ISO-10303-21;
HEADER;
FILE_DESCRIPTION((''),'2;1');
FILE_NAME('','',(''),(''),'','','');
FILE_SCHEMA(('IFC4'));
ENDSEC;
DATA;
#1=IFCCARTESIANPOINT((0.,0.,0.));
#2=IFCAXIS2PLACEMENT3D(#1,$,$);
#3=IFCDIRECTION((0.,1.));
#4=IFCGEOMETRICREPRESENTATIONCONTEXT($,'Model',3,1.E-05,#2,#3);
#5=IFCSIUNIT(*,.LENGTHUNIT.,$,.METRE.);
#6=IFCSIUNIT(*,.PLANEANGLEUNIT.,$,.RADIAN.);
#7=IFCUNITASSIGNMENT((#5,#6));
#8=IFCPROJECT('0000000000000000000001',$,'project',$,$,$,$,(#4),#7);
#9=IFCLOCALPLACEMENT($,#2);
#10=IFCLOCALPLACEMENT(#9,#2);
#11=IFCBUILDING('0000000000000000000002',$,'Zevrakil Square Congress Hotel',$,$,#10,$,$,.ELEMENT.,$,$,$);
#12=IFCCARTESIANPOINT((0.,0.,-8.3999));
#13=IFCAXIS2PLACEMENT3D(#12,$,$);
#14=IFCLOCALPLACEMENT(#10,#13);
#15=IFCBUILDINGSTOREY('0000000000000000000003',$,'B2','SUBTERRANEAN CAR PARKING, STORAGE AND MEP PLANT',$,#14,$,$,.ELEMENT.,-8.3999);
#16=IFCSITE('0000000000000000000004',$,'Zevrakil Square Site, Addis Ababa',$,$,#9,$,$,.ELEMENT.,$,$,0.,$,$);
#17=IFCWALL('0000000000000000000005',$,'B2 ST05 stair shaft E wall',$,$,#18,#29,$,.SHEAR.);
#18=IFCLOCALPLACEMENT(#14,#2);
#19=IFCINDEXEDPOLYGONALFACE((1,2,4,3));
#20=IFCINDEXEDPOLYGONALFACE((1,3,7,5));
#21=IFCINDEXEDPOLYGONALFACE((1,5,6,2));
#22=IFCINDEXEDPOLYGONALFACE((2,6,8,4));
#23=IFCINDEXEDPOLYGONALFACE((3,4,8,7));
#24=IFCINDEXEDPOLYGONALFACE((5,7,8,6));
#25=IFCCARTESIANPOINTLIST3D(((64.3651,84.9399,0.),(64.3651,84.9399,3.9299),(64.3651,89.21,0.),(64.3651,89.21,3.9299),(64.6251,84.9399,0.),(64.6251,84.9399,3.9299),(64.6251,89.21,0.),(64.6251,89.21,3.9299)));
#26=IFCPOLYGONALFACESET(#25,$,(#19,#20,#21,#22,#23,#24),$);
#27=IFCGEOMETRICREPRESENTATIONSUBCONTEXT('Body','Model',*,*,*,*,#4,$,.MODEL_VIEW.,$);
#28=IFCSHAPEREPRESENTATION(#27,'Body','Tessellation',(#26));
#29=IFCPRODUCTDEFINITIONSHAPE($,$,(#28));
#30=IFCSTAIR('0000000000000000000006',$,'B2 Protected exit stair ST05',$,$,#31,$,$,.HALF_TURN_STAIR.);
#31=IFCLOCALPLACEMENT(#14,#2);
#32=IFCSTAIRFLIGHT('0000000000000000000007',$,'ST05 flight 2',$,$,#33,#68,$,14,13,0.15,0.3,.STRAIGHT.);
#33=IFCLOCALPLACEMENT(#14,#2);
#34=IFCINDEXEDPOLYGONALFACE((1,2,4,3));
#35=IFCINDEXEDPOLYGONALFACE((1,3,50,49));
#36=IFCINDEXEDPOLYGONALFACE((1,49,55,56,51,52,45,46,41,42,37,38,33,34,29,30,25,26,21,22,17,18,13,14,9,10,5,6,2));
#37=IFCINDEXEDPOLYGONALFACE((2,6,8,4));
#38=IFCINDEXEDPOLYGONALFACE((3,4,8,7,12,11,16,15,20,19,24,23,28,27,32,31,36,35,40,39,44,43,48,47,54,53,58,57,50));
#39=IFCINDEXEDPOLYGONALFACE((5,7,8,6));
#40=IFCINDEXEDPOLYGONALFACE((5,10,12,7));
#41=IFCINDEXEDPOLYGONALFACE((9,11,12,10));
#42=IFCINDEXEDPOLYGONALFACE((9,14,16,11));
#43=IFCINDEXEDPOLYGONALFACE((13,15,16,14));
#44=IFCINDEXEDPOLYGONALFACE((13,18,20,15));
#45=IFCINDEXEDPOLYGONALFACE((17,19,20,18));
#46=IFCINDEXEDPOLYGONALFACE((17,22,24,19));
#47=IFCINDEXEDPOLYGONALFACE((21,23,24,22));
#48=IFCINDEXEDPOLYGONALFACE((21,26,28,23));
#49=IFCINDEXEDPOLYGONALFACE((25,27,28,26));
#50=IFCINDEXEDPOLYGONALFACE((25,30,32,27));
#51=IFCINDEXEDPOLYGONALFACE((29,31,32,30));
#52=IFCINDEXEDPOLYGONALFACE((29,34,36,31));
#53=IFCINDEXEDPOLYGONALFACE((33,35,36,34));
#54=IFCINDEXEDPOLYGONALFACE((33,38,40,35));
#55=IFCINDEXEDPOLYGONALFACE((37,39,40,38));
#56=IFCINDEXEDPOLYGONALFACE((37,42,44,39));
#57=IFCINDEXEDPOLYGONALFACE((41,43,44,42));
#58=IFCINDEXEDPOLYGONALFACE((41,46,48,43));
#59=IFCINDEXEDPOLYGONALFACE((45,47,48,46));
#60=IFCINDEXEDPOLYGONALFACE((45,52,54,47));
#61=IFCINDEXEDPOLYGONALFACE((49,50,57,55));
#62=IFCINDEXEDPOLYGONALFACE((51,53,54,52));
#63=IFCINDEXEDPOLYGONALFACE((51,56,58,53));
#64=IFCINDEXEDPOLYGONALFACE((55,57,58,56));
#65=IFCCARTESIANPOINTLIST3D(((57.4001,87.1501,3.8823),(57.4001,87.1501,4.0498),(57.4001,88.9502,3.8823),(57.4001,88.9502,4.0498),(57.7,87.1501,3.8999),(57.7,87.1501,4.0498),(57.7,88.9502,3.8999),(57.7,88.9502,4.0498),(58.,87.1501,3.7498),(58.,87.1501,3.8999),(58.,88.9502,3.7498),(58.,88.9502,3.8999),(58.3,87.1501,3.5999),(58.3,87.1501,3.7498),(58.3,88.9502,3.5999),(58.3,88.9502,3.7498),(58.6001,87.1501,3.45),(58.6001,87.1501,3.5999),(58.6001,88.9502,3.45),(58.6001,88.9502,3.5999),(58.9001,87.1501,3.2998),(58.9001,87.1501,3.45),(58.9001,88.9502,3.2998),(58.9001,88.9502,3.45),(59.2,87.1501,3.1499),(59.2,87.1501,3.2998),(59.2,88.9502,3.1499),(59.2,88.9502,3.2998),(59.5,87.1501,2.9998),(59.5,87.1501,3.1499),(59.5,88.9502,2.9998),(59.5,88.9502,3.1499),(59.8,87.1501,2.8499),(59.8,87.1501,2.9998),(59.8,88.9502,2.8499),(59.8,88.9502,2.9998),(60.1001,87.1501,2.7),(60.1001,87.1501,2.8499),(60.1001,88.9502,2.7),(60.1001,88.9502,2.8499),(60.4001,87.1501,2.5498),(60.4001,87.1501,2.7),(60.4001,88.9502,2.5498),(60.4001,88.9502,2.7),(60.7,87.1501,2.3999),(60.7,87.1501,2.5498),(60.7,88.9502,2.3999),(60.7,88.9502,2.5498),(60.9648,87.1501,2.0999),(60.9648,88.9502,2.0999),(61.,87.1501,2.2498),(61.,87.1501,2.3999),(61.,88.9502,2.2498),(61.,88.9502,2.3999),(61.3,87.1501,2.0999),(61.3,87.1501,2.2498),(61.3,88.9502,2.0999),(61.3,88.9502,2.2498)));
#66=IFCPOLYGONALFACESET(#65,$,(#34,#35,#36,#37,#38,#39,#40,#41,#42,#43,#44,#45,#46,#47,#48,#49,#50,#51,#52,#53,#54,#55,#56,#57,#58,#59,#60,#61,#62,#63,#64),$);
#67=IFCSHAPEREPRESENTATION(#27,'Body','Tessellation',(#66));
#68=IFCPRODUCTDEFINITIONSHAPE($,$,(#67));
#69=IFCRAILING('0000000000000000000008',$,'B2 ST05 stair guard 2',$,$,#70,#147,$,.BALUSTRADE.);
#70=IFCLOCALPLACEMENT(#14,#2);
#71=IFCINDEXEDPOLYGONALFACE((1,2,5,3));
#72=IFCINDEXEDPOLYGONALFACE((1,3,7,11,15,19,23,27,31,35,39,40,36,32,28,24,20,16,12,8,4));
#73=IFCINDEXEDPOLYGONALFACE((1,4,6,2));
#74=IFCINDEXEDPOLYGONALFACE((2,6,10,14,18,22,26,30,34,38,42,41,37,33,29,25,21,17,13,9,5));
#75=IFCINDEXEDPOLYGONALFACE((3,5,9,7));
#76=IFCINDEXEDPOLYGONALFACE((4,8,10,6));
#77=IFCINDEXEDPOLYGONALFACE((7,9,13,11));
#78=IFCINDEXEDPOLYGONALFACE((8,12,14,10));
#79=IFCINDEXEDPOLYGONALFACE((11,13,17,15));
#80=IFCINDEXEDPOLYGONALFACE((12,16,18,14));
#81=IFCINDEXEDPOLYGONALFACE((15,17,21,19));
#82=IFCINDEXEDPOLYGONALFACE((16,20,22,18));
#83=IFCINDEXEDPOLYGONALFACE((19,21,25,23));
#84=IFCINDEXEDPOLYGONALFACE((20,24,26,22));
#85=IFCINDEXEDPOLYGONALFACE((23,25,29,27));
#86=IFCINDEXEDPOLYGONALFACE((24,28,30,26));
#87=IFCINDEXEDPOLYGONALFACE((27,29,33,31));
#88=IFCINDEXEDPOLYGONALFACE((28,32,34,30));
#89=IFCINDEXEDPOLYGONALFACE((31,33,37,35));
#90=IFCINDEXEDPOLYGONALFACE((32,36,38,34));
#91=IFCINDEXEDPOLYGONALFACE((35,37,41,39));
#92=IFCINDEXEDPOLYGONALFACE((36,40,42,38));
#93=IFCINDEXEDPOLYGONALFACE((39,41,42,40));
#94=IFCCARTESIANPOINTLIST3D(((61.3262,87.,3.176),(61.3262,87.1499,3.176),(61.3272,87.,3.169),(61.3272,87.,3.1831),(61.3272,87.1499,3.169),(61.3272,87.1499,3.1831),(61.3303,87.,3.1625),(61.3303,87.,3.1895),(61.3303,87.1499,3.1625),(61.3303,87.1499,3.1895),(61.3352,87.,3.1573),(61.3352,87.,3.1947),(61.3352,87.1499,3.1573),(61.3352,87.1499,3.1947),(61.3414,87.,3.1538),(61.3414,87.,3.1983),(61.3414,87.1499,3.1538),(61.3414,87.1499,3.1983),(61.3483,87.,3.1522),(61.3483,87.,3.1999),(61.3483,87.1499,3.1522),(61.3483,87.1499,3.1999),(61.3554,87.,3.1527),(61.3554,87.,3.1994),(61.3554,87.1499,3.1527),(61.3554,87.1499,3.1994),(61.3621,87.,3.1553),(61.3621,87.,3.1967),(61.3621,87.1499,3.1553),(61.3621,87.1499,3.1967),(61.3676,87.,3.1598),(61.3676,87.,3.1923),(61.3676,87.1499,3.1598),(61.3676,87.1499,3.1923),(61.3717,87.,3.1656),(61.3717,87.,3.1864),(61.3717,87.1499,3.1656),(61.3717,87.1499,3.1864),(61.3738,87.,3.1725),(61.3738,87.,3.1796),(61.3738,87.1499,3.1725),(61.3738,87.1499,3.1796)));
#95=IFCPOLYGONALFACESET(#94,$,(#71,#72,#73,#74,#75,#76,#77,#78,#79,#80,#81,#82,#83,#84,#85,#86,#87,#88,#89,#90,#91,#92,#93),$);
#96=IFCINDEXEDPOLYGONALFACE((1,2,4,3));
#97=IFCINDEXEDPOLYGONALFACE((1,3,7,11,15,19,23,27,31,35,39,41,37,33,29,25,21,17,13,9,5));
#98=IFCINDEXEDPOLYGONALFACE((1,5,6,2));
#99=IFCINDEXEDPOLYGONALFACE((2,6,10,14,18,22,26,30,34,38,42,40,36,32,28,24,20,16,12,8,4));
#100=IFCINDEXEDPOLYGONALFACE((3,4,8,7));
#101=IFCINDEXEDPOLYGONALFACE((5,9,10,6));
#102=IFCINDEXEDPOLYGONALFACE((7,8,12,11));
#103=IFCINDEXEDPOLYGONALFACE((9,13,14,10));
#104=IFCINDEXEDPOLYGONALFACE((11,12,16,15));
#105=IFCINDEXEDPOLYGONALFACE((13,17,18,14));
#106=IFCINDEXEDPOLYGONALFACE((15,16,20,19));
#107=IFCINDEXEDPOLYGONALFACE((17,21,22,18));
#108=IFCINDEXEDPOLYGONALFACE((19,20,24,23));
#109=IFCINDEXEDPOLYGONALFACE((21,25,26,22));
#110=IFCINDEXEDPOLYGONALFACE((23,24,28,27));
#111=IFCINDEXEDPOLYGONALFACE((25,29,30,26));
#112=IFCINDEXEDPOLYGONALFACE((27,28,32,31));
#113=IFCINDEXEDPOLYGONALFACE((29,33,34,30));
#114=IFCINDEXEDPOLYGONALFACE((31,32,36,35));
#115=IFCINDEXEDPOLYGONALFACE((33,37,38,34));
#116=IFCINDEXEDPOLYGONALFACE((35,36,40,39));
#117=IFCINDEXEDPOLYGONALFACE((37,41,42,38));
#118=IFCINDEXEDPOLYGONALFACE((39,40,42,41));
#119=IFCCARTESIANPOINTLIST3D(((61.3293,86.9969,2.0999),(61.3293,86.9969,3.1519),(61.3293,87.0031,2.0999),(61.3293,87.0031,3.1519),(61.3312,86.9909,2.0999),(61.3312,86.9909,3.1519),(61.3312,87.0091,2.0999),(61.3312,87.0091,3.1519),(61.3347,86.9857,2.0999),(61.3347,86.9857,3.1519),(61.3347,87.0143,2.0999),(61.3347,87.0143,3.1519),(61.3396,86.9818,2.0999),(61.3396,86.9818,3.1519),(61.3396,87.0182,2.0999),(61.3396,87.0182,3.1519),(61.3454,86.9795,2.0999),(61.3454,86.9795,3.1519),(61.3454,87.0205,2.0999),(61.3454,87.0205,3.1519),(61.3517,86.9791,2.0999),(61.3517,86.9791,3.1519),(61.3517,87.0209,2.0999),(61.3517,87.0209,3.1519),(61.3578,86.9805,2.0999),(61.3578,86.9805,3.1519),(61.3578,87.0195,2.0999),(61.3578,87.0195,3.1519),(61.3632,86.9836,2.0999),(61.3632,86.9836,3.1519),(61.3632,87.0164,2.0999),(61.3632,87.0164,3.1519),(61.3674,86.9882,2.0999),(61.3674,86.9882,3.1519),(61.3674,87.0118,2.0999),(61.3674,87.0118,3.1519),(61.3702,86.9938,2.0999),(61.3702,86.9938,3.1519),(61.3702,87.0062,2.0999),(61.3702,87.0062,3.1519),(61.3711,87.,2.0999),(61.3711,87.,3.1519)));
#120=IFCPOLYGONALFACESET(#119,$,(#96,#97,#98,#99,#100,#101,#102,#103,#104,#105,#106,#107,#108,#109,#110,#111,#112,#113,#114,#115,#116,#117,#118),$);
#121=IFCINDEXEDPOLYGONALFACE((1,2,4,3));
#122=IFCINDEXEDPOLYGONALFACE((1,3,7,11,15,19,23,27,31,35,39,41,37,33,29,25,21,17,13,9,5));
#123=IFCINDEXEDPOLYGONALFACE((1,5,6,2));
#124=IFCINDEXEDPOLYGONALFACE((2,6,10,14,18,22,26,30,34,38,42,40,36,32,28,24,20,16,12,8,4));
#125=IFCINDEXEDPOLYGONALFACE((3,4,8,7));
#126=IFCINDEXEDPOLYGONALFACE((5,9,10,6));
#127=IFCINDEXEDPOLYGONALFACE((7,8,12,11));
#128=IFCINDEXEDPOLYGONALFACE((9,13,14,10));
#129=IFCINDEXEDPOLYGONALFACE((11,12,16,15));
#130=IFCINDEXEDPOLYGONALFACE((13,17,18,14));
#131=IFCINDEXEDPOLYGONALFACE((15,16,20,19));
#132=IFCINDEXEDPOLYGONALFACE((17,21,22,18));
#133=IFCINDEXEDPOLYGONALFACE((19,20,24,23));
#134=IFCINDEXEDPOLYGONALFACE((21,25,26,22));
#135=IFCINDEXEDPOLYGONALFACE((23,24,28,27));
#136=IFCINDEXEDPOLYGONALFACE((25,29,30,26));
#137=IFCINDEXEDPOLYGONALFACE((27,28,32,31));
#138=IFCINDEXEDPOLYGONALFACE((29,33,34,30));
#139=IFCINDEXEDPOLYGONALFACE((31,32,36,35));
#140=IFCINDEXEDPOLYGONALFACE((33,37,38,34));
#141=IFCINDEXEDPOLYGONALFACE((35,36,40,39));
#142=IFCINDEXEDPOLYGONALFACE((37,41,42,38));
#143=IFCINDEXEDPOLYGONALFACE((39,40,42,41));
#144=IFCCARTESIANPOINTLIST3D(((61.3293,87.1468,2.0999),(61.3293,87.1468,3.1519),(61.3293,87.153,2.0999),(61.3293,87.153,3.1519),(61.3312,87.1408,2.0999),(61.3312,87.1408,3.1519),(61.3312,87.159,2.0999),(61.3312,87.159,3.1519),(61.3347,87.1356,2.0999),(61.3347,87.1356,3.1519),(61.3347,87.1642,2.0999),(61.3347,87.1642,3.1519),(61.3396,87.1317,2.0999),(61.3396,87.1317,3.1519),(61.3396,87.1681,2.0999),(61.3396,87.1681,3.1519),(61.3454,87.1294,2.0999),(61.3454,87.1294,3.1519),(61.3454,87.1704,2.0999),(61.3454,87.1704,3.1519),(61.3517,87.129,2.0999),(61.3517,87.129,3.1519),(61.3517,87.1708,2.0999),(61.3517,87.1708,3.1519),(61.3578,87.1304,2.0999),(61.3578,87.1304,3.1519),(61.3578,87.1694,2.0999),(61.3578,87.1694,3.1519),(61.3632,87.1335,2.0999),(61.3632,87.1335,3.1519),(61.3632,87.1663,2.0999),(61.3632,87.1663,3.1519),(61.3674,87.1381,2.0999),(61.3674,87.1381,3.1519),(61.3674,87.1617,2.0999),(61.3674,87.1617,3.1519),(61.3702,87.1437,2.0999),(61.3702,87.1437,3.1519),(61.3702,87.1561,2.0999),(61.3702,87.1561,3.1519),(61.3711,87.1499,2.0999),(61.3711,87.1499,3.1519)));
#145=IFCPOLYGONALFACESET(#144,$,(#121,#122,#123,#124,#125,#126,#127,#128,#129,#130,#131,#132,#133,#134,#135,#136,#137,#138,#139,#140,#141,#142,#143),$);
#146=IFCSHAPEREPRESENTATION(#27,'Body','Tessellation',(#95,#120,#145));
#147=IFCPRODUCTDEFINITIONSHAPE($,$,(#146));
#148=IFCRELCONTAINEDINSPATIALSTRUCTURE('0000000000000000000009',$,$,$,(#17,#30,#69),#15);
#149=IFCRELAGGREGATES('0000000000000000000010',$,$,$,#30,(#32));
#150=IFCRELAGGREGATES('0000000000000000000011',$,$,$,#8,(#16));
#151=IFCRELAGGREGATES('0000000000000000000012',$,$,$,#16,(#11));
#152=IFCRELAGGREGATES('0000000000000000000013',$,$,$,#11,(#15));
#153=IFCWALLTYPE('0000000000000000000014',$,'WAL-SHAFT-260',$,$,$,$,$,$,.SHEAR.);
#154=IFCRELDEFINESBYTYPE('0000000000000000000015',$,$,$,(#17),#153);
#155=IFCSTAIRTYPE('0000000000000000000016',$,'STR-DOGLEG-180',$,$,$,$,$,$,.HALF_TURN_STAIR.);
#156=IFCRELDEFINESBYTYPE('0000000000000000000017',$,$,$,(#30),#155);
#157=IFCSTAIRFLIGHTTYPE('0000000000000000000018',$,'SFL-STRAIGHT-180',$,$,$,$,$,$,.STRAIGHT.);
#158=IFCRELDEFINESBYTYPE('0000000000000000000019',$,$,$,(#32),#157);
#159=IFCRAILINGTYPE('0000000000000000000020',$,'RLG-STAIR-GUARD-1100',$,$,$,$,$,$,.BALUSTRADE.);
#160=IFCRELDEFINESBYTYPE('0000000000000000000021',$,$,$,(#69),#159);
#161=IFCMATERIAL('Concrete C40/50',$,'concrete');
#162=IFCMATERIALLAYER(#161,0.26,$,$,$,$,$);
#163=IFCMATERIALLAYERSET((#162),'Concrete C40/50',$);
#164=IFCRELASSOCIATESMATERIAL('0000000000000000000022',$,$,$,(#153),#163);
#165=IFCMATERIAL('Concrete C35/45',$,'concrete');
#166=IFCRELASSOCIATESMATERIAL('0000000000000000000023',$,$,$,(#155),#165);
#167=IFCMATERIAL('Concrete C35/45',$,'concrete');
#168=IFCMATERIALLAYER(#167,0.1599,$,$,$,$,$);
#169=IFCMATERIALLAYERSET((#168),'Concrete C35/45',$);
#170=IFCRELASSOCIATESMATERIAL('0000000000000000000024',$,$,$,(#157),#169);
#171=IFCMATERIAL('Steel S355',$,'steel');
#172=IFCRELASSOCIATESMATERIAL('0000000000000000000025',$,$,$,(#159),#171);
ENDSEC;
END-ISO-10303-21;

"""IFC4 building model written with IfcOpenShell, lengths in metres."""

from ifc_helpers import new_model, si_unit, direction, frame, frame_2d, origin, origin_2d, place, context, subcontext, project, spatial, polyline, rectangle, circle, outline, extrude, material, layer, layer_set, type_object, element, aggregate, save


model = new_model("IFC4")

# Units and contexts
model_context = context("Model", 3, precision=1e-05, world=origin(), true_north=direction((0.0, 1.0)))
body_context = subcontext(model_context, "Body", "Model", "MODEL_VIEW")
ifc_project = project(units=[si_unit("LENGTHUNIT", "METRE"), si_unit("PLANEANGLEUNIT", "RADIAN")], contexts=[model_context])

# Site, building, storey
site_placement = place(None, origin())
site = spatial("IfcSite", under=ifc_project, at=site_placement, Name="Zevrakil Square Site, Addis Ababa", CompositionType="ELEMENT", RefElevation=0.0)
building_placement = place(site_placement, origin())
building = spatial("IfcBuilding", under=site, at=building_placement, Name="Zevrakil Square Congress Hotel", CompositionType="ELEMENT")
storey_placement = place(building_placement, frame((0.0, 0.0, -8.3999)))
storey = spatial("IfcBuildingStorey", under=building, at=storey_placement, Name="B2", Description="SUBTERRANEAN CAR PARKING, STORAGE AND MEP PLANT", CompositionType="ELEMENT", Elevation=-8.3999)

# Wall
ifc_material_1 = material(Name="Concrete C40/50", Category="concrete")
ifc_layer_1 = layer(ifc_material_1, 0.26)
ifc_layer_set_1 = layer_set([ifc_layer_1], Name="Concrete C40/50")
wall_type_1 = type_object("IfcWallType", Name="WAL-SHAFT-260", PredefinedType="SHEAR", material=ifc_layer_set_1)
wall_1_placement = place(storey_placement, frame((64.4951, 84.9399, 0.0), z_axis=(0.0, 0.0, 1.0), x_axis=(0.0, 1.0, 0.0)))
element("IfcWall", 1, at=wall_1_placement, inside=storey, type_object=wall_type_1, Name="B2 ST05 stair shaft E wall", PredefinedType="SHEAR", context=body_context, shape_type="SweptSolid", body=[
    extrude(rectangle(XDim=4.27, YDim=0.26, at=frame_2d((2.135, 0.0))), origin(), (0.0, 0.0, 1.0), 3.9299),
])

# Stair, stair flight
ifc_material_2 = material(Name="Concrete C35/45", Category="concrete")
stair_type = type_object("IfcStairType", Name="STR-DOGLEG-180", PredefinedType="HALF_TURN_STAIR", material=ifc_material_2)
stair_placement = place(storey_placement, origin())
stair = element("IfcStair", 2, at=stair_placement, inside=storey, type_object=stair_type, Name="B2 Protected exit stair ST05", PredefinedType="HALF_TURN_STAIR")
ifc_material_3 = material(Name="Concrete C35/45", Category="concrete")
ifc_layer_2 = layer(ifc_material_3, 0.1599)
ifc_layer_set_2 = layer_set([ifc_layer_2], Name="Concrete C35/45")
stair_flight_type = type_object("IfcStairFlightType", Name="SFL-STRAIGHT-180", PredefinedType="STRAIGHT", material=ifc_layer_set_2)
stair_flight_placement = place(storey_placement, frame((61.3, 88.05, 2.0999), z_axis=(0.0, 0.0, 1.0), x_axis=(-1.0, 0.0, 0.0)))
stair_flight = element("IfcStairFlight", 3, at=stair_flight_placement, type_object=stair_flight_type, Name="ST05 flight 2", NumberOfRisers=14, NumberOfTreads=13, PredefinedType="STRAIGHT", RiserHeight=0.15, TreadLength=0.3, context=body_context, shape_type="SweptSolid", body=[
    extrude(outline(polyline([(0.0, 0.0), (0.0, 0.1499), (0.3, 0.1499), (0.3, 0.3), (0.6001, 0.3), (0.6001, 0.45), (0.8999, 0.45), (0.8999, 0.6001), (1.2, 0.6001), (1.2, 0.75), (1.5, 0.75), (1.5, 0.8999), (1.8, 0.8999), (1.8, 1.05), (2.1001, 1.05), (2.1001, 1.2), (2.3999, 1.2), (2.3999, 1.3501), (2.7, 1.3501), (2.7, 1.5), (3.0, 1.5), (3.0, 1.6499), (3.3, 1.6499), (3.3, 1.8), (3.6001, 1.8), (3.6001, 1.95), (3.8999, 1.95), (3.8999, 2.1001), (3.8999, 1.7825), (0.3352, 0.0), (0.0, 0.0)])), frame((0.0, 0.8999, 0.0), z_axis=(0.0, -1.0, 0.0), x_axis=(1.0, 0.0, 0.0)), (0.0, 0.0, 1.0), 1.8),
])
aggregate(stair, [stair_flight])

# Railing
ifc_material_4 = material(Name="Steel S355", Category="steel")
railing_type_1 = type_object("IfcRailingType", Name="RLG-STAIR-GUARD-1100", PredefinedType="BALUSTRADE", material=ifc_material_4)
railing_1_placement = place(storey_placement, frame((61.3501, 87.0, 2.0999)))
element("IfcRailing", 4, at=railing_1_placement, inside=storey, type_object=railing_type_1, Name="B2 ST05 stair guard 2", PredefinedType="BALUSTRADE", context=body_context, shape_type="SweptSolid", body=[
    extrude(circle(Radius=0.0239, at=origin_2d()), frame((0.0, 0.0, 1.0762), z_axis=(0.0, 1.0, 0.0), x_axis=(-1.0, 0.0, 0.0)), (0.0, 0.0, 1.0), 0.1499),
    extrude(circle(Radius=0.021, at=origin_2d()), origin(), (0.0, 0.0, 1.0), 1.052),
    extrude(circle(Radius=0.021, at=origin_2d()), frame((0.0, 0.1499, 0.0)), (0.0, 0.0, 1.0), 1.052),
])

save(model, "model.ifc")
